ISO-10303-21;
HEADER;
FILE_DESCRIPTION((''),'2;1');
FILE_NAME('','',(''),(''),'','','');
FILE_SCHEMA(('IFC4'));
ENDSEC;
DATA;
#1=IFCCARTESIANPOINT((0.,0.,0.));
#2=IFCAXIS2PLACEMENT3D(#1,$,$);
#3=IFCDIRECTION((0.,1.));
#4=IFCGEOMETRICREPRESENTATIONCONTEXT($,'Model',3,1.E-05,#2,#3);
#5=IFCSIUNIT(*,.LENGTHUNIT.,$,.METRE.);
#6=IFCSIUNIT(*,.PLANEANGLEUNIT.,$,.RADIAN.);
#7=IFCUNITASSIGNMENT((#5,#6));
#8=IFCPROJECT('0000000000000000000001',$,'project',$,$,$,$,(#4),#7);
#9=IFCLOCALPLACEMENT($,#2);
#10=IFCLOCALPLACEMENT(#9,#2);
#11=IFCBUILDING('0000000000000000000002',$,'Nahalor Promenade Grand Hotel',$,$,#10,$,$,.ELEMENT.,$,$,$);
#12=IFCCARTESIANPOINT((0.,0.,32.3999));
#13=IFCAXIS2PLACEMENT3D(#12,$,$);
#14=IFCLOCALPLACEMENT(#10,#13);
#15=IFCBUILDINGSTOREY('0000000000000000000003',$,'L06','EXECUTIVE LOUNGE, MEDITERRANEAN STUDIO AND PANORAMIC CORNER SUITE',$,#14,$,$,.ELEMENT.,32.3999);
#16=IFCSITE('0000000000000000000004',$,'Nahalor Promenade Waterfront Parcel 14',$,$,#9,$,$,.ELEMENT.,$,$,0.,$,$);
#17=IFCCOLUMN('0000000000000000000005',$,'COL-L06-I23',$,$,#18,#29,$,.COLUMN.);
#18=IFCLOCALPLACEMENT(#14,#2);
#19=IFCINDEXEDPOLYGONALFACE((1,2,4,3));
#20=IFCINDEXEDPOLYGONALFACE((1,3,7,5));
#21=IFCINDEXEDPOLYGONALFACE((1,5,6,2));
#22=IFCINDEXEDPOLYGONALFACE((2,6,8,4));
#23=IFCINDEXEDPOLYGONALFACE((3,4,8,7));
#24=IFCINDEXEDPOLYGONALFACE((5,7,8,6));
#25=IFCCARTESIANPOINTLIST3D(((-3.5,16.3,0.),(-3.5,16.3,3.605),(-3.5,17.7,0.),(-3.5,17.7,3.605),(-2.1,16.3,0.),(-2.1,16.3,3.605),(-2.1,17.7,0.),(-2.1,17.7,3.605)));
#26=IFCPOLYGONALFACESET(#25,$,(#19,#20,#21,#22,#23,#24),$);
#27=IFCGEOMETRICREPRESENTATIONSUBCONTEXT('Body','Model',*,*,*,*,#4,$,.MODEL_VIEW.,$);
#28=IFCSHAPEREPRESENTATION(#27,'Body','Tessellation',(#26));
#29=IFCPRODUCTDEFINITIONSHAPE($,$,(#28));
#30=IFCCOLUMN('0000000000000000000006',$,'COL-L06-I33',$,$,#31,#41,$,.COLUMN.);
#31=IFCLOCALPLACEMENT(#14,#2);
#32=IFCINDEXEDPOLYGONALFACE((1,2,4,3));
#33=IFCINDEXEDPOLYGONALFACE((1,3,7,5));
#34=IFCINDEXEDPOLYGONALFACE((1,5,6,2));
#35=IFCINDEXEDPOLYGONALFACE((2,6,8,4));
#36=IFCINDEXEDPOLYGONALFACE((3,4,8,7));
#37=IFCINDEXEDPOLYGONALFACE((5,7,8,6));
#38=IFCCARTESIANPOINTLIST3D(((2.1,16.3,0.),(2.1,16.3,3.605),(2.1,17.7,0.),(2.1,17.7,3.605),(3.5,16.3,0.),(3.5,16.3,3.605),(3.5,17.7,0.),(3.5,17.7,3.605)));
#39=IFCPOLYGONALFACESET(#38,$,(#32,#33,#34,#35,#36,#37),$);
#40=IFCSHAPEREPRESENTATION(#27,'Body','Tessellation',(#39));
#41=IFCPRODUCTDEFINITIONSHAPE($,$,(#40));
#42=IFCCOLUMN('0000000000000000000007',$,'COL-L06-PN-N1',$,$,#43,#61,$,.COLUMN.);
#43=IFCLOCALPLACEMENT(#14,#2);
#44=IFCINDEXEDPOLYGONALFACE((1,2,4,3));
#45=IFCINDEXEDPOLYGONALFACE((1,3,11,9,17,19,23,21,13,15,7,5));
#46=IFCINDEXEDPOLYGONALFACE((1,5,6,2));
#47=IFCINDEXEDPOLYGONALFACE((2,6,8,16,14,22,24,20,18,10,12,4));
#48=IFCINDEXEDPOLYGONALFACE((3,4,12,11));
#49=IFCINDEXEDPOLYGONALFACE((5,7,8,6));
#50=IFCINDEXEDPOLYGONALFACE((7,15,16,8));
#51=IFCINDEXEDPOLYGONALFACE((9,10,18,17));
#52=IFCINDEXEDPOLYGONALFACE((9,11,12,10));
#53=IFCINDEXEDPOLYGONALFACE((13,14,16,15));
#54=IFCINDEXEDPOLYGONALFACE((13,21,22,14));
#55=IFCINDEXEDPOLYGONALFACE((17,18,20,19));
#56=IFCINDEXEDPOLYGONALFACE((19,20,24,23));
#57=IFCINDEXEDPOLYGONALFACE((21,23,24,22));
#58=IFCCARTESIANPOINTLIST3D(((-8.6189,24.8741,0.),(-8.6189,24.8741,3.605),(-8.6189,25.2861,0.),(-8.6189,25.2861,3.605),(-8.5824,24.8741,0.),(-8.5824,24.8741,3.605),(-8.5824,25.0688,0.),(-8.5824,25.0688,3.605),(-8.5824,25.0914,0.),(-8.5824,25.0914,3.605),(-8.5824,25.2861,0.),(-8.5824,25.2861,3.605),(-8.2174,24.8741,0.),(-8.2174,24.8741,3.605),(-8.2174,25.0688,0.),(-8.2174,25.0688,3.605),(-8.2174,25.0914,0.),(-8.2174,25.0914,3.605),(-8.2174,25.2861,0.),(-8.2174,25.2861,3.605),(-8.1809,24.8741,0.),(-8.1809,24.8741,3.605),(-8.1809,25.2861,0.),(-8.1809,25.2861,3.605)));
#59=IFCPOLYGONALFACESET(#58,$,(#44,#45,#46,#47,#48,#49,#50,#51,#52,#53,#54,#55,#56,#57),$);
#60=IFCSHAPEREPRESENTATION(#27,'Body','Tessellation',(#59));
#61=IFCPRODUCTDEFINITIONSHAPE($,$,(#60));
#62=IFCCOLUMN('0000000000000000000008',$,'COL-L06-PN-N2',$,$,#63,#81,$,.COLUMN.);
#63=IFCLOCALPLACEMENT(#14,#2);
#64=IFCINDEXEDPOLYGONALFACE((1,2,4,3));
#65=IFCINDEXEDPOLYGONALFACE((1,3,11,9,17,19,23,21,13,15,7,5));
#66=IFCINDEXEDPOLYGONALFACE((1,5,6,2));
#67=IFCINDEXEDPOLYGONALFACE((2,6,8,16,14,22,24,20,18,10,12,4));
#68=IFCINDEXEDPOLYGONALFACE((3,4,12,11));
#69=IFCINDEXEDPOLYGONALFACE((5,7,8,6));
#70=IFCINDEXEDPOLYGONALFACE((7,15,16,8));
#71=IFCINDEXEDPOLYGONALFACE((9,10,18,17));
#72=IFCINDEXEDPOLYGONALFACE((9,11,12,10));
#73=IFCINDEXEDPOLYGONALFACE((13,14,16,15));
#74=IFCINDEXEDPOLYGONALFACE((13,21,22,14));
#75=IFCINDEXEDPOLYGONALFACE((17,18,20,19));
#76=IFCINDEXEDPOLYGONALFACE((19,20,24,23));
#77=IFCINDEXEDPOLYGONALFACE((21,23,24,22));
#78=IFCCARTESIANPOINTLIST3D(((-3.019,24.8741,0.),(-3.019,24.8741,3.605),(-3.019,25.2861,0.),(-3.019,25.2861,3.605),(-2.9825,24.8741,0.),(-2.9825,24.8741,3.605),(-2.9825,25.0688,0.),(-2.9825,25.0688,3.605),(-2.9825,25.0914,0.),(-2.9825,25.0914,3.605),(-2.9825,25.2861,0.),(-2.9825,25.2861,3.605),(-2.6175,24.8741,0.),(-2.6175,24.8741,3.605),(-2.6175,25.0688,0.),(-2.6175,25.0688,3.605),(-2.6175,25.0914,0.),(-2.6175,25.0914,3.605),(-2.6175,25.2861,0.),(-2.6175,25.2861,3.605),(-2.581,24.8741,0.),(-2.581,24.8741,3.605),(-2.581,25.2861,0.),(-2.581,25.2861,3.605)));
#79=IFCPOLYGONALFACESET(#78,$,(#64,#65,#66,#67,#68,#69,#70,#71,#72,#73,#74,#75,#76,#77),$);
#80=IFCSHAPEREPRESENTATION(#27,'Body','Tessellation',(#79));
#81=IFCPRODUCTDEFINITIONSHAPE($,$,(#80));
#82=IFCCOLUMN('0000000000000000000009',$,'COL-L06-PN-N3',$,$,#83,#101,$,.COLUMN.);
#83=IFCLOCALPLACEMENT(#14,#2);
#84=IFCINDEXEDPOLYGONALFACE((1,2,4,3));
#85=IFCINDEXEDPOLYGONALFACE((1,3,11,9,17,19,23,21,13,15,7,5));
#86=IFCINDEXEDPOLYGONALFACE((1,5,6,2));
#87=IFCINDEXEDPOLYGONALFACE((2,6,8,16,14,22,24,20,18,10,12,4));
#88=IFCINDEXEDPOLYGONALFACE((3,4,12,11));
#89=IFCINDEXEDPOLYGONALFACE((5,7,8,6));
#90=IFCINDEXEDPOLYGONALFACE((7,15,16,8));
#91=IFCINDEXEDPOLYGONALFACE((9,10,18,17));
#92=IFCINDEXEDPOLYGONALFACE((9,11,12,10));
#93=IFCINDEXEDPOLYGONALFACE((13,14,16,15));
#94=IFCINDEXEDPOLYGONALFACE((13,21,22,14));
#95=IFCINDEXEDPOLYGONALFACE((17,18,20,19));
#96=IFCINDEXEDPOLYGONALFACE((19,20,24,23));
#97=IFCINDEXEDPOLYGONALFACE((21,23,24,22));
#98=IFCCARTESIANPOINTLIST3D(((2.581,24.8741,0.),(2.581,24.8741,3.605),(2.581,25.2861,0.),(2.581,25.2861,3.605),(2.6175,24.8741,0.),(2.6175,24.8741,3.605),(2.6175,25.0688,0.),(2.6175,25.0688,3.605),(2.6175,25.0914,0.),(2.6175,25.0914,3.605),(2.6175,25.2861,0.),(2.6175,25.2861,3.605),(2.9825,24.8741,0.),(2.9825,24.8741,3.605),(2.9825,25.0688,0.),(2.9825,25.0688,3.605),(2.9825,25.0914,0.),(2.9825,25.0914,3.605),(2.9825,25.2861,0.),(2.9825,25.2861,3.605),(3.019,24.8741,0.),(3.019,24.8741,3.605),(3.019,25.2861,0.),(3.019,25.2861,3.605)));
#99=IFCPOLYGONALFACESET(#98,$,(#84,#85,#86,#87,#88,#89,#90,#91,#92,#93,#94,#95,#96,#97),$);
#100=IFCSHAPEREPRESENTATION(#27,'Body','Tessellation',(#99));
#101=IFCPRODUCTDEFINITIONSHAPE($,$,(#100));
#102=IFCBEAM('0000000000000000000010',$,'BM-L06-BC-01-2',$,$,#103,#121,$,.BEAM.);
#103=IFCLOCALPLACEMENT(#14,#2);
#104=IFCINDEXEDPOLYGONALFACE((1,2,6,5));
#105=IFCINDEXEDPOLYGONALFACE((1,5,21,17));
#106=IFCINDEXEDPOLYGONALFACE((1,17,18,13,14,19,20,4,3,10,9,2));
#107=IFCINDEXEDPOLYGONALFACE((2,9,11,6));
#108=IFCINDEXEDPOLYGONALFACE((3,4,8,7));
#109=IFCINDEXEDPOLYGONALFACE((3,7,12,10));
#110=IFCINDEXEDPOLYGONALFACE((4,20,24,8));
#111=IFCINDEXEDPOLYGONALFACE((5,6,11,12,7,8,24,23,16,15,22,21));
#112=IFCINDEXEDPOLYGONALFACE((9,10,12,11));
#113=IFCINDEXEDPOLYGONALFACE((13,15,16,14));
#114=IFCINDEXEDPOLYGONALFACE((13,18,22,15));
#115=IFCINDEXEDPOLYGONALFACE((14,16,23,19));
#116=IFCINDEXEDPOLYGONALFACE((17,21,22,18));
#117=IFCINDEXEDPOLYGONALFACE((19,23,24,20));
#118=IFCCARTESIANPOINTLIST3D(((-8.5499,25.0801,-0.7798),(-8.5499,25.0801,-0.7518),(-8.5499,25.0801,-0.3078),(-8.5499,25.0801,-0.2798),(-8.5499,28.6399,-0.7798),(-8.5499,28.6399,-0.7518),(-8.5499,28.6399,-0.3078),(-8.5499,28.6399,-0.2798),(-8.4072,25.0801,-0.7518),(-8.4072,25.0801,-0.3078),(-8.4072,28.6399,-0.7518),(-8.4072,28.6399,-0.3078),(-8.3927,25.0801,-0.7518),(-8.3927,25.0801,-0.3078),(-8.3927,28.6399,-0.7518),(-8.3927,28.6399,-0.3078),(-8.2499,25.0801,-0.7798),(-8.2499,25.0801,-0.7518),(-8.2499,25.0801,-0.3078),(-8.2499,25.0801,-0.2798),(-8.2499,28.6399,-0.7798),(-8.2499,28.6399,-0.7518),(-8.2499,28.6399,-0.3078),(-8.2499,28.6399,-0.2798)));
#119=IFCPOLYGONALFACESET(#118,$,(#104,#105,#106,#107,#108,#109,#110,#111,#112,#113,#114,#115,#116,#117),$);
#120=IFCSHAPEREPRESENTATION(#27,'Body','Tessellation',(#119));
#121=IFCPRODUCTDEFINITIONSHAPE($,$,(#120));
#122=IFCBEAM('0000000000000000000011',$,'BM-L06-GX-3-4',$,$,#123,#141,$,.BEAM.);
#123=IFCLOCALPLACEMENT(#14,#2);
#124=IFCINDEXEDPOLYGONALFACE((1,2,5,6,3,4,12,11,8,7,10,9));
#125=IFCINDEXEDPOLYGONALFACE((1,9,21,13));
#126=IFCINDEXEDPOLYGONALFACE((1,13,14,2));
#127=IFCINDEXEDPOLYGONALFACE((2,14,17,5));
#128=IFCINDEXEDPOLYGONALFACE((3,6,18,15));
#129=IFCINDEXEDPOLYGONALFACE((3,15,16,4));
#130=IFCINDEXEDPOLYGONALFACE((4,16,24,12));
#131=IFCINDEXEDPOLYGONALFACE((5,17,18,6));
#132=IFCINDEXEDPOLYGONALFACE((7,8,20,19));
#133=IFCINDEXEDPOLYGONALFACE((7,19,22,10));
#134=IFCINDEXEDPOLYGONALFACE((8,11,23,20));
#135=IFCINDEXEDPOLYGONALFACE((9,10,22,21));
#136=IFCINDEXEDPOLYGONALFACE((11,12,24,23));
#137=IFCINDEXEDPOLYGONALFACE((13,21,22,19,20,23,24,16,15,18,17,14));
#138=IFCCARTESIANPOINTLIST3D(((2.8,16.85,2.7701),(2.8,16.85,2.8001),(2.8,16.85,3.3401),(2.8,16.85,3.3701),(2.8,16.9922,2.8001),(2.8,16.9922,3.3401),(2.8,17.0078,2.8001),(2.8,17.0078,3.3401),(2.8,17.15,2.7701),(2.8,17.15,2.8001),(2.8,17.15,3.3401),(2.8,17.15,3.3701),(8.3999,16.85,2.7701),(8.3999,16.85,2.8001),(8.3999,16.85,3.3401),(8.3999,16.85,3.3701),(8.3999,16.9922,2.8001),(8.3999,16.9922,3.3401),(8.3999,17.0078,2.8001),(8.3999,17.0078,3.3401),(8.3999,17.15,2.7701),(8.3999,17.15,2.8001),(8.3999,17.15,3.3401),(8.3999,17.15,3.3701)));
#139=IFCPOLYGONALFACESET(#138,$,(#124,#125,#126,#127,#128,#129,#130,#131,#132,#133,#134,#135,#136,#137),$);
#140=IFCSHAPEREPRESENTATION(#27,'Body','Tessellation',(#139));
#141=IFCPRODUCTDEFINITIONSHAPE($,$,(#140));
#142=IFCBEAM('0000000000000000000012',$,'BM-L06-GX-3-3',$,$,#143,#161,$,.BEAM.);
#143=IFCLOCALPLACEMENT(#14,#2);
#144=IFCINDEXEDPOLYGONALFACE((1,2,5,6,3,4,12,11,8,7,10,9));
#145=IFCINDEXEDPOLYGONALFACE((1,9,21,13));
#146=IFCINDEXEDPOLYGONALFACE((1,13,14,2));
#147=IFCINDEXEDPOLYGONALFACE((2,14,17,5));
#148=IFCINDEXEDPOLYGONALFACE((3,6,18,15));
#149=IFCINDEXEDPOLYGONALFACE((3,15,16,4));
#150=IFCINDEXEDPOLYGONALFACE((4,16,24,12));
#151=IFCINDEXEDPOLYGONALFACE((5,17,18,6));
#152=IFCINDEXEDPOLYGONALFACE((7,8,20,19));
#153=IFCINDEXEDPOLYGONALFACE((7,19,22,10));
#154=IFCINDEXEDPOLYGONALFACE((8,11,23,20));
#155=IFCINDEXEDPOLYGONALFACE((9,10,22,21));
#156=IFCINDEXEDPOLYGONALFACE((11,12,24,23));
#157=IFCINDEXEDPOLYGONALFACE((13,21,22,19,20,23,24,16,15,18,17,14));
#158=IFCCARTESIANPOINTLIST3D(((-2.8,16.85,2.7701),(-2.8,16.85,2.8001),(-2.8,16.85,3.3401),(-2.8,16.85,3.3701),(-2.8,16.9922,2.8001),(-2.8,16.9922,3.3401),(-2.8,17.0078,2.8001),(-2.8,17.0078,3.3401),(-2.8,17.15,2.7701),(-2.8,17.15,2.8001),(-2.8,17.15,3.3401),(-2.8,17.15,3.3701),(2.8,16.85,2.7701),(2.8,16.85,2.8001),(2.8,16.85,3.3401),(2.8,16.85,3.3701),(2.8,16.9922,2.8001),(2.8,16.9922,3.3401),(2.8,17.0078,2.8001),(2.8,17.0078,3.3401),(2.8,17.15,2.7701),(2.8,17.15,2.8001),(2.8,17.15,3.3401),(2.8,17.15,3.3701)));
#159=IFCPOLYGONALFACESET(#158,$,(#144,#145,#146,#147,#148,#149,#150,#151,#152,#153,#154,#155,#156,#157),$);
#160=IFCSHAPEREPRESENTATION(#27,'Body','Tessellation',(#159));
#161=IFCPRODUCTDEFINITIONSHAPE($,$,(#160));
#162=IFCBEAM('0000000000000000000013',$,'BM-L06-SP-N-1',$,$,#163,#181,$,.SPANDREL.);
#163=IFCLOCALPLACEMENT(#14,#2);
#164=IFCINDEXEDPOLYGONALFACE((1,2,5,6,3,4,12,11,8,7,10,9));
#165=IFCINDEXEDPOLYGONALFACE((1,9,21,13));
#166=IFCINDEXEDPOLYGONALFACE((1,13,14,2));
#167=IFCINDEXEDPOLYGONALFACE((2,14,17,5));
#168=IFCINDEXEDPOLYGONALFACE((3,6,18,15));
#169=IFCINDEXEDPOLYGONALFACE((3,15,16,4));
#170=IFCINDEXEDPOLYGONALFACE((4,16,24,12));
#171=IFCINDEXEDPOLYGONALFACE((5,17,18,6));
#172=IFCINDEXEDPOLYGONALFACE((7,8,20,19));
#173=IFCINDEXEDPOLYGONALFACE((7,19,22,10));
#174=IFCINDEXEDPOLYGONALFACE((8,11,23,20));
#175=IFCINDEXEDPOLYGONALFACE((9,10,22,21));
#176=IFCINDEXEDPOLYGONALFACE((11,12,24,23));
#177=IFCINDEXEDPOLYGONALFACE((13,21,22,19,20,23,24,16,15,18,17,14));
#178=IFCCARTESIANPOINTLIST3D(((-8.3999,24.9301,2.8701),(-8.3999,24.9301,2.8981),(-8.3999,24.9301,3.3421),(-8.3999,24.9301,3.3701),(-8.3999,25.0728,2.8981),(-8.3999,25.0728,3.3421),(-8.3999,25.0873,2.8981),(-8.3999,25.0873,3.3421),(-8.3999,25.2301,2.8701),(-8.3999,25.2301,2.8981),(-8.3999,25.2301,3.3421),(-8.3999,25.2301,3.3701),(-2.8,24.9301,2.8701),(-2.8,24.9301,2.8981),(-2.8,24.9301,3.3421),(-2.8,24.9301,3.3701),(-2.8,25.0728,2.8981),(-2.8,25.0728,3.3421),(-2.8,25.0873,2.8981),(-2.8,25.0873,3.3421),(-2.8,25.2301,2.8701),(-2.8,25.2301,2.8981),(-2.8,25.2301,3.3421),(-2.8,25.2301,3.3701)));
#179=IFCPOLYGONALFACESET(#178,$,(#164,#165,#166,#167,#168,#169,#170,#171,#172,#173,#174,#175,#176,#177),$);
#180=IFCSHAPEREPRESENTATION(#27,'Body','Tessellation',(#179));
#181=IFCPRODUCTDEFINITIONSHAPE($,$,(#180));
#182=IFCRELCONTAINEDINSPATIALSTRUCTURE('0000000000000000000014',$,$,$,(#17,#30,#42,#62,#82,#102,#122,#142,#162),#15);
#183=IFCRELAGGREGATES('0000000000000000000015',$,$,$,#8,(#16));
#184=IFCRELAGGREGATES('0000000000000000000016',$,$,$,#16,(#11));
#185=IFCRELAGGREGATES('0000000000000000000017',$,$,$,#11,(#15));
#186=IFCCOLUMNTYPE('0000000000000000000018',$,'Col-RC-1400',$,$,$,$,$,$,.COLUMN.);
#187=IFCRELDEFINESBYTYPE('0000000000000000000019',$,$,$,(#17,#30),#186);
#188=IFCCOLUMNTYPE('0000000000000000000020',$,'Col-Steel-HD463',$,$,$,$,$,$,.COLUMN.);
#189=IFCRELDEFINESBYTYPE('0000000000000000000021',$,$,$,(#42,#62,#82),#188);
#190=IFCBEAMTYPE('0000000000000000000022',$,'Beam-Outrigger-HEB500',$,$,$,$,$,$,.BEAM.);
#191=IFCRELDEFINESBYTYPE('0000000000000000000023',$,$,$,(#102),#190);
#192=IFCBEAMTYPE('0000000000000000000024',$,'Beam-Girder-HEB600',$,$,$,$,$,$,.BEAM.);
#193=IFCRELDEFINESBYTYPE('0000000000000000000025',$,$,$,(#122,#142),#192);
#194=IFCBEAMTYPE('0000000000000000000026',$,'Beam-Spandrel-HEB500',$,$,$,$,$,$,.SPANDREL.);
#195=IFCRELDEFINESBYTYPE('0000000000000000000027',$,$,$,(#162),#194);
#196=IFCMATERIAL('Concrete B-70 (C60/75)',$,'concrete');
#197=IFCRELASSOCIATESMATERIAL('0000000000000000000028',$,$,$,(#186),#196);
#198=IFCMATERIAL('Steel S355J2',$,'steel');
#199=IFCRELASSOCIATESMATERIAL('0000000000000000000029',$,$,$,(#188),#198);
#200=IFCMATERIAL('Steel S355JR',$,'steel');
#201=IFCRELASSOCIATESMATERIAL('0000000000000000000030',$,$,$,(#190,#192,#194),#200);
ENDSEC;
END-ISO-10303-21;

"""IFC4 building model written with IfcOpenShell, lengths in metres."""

from ifc_helpers import new_model, si_unit, direction, frame, origin, origin_2d, place, context, subcontext, project, spatial, rectangle, i_section, extrude, source, transform, mapped, material, material_profile, profile_set, type_object, element, save


model = new_model("IFC4")

# Units and contexts
model_context = context("Model", 3, precision=1e-05, world=origin(), true_north=direction((0.0, 1.0)))
body_context = subcontext(model_context, "Body", "Model", "MODEL_VIEW")
ifc_project = project(units=[si_unit("LENGTHUNIT", "METRE"), si_unit("PLANEANGLEUNIT", "RADIAN")], contexts=[model_context])

# Site, building, storey
site_placement = place(None, origin())
site = spatial("IfcSite", under=ifc_project, at=site_placement, Name="Nahalor Promenade Waterfront Parcel 14", CompositionType="ELEMENT", RefElevation=0.0)
building_placement = place(site_placement, origin())
building = spatial("IfcBuilding", under=site, at=building_placement, Name="Nahalor Promenade Grand Hotel", CompositionType="ELEMENT")
storey_placement = place(building_placement, frame((0.0, 0.0, 32.3999)))
storey = spatial("IfcBuildingStorey", under=building, at=storey_placement, Name="L06", Description="EXECUTIVE LOUNGE, MEDITERRANEAN STUDIO AND PANORAMIC CORNER SUITE", CompositionType="ELEMENT", Elevation=32.3999)

# Columns
ifc_material_1 = material(Name="Concrete B-70 (C60/75)", Category="concrete")
ifc_material_profile_1 = material_profile(ifc_material_1, rectangle(XDim=1.4, YDim=1.4, at=origin_2d()), Name="RC 1400x1400")
ifc_profile_set_1 = profile_set([ifc_material_profile_1], Name="Concrete B-70 (C60/75)")
column_type_1 = type_object("IfcColumnType", Name="Col-RC-1400", PredefinedType="COLUMN", material=ifc_profile_set_1)
shared_shape_1 = source(origin(), body_context, "Body", "SweptSolid", [
    extrude(rectangle(XDim=1.4, YDim=1.4, at=origin_2d()), origin(), (0.0, 0.0, 1.0), 3.605),
])
for number, where, z_axis, x_axis, name in (
    (1, (-2.8, 17.0, 0.0), (0.0, 0.0, 1.0), (1.0, 0.0, 0.0), "COL-L06-I23"),
    (2, (2.8, 17.0, 0.0), (0.0, 0.0, 1.0), (1.0, 0.0, 0.0), "COL-L06-I33"),
):
    element("IfcColumn", number, at=place(storey_placement, frame(where, z_axis=z_axis, x_axis=x_axis)), inside=storey, type_object=column_type_1, Name=name, PredefinedType="COLUMN", context=body_context, shape_type="MappedRepresentation", body=[
        mapped(shared_shape_1, transform((0.0, 0.0, 0.0), scale=1.0)),
    ])
ifc_material_2 = material(Name="Steel S355J2", Category="steel")
ifc_material_profile_2 = material_profile(ifc_material_2, i_section(OverallWidth=0.412, OverallDepth=0.438, WebThickness=0.0226, FlangeThickness=0.0365, at=origin_2d()), Name="HD 400x463")
ifc_profile_set_2 = profile_set([ifc_material_profile_2], Name="Steel S355J2")
column_type_2 = type_object("IfcColumnType", Name="Col-Steel-HD463", PredefinedType="COLUMN", material=ifc_profile_set_2)
shared_shape_2 = source(origin(), body_context, "Body", "SweptSolid", [
    extrude(i_section(OverallWidth=0.412, OverallDepth=0.438, WebThickness=0.0226, FlangeThickness=0.0365, at=origin_2d()), origin(), (0.0, 0.0, 1.0), 3.605),
])
for number, where, z_axis, x_axis, name in (
    (3, (-8.3999, 25.0801, 0.0), (0.0, 0.0, 1.0), (0.0, 1.0, 0.0), "COL-L06-PN-N1"),
    (4, (-2.8, 25.0801, 0.0), (0.0, 0.0, 1.0), (0.0, 1.0, 0.0), "COL-L06-PN-N2"),
    (5, (2.8, 25.0801, 0.0), (0.0, 0.0, 1.0), (0.0, 1.0, 0.0), "COL-L06-PN-N3"),
):
    element("IfcColumn", number, at=place(storey_placement, frame(where, z_axis=z_axis, x_axis=x_axis)), inside=storey, type_object=column_type_2, Name=name, PredefinedType="COLUMN", context=body_context, shape_type="MappedRepresentation", body=[
        mapped(shared_shape_2, transform((0.0, 0.0, 0.0), scale=1.0)),
    ])

# Beams
ifc_material_3 = material(Name="Steel S355JR", Category="steel")
ifc_material_profile_3 = material_profile(ifc_material_3, i_section(OverallWidth=0.3, OverallDepth=0.5, WebThickness=0.0145, FlangeThickness=0.028, at=origin_2d()), Name="HEB 500")
ifc_profile_set_3 = profile_set([ifc_material_profile_3], Name="Steel S355JR")
beam_type_1 = type_object("IfcBeamType", Name="Beam-Outrigger-HEB500", PredefinedType="BEAM", material=ifc_profile_set_3)
shared_shape_3 = source(origin(), body_context, "Body", "SweptSolid", [
    extrude(i_section(OverallWidth=0.3, OverallDepth=0.5, WebThickness=0.0145, FlangeThickness=0.028, at=origin_2d()), origin(), (0.0, 0.0, 1.0), 3.5598),
])
beam_1_placement = place(storey_placement, frame((-8.3999, 25.0801, -0.5298), z_axis=(0.0, 1.0, 0.0), x_axis=(-1.0, 0.0, 0.0)))
element("IfcBeam", 6, at=beam_1_placement, inside=storey, type_object=beam_type_1, Name="BM-L06-BC-01-2", PredefinedType="BEAM", context=body_context, shape_type="MappedRepresentation", body=[
    mapped(shared_shape_3, transform((0.0, 0.0, 0.0), scale=1.0)),
])
ifc_material_profile_4 = material_profile(ifc_material_3, i_section(OverallWidth=0.3, OverallDepth=0.6, WebThickness=0.0155, FlangeThickness=0.03, at=origin_2d()), Name="HEB 600")
ifc_profile_set_4 = profile_set([ifc_material_profile_4], Name="Steel S355JR")
beam_type_2 = type_object("IfcBeamType", Name="Beam-Girder-HEB600", PredefinedType="BEAM", material=ifc_profile_set_4)
shared_shape_4 = source(origin(), body_context, "Body", "SweptSolid", [
    extrude(i_section(OverallWidth=0.3, OverallDepth=0.6, WebThickness=0.0155, FlangeThickness=0.03, at=origin_2d()), origin(), (0.0, 0.0, 1.0), 5.5999),
])
beam_2_placement = place(storey_placement, frame((2.8, 17.0, 3.0701), z_axis=(1.0, 0.0, 0.0), x_axis=(0.0, 1.0, 0.0)))
element("IfcBeam", 7, at=beam_2_placement, inside=storey, type_object=beam_type_2, Name="BM-L06-GX-3-4", PredefinedType="BEAM", context=body_context, shape_type="MappedRepresentation", body=[
    mapped(shared_shape_4, transform((0.0, 0.0, 0.0), scale=1.0)),
])
shared_shape_5 = source(origin(), body_context, "Body", "SweptSolid", [
    extrude(i_section(OverallWidth=0.3, OverallDepth=0.6, WebThickness=0.0155, FlangeThickness=0.03, at=origin_2d()), origin(), (0.0, 0.0, 1.0), 5.6001),
])
beam_3_placement = place(storey_placement, frame((-2.8, 17.0, 3.0701), z_axis=(1.0, 0.0, 0.0), x_axis=(0.0, 1.0, 0.0)))
element("IfcBeam", 8, at=beam_3_placement, inside=storey, type_object=beam_type_2, Name="BM-L06-GX-3-3", PredefinedType="BEAM", context=body_context, shape_type="MappedRepresentation", body=[
    mapped(shared_shape_5, transform((0.0, 0.0, 0.0), scale=1.0)),
])
ifc_material_profile_5 = material_profile(ifc_material_3, i_section(OverallWidth=0.3, OverallDepth=0.5, WebThickness=0.0145, FlangeThickness=0.028, at=origin_2d()), Name="HEB 500")
ifc_profile_set_5 = profile_set([ifc_material_profile_5], Name="Steel S355JR")
beam_type_3 = type_object("IfcBeamType", Name="Beam-Spandrel-HEB500", PredefinedType="SPANDREL", material=ifc_profile_set_5)
shared_shape_6 = source(origin(), body_context, "Body", "SweptSolid", [
    extrude(i_section(OverallWidth=0.3, OverallDepth=0.5, WebThickness=0.0145, FlangeThickness=0.028, at=origin_2d()), origin(), (0.0, 0.0, 1.0), 5.5999),
])
beam_4_placement = place(storey_placement, frame((-8.3999, 25.0801, 3.1201), z_axis=(1.0, 0.0, 0.0), x_axis=(0.0, 1.0, 0.0)))
element("IfcBeam", 9, at=beam_4_placement, inside=storey, type_object=beam_type_3, Name="BM-L06-SP-N-1", PredefinedType="SPANDREL", context=body_context, shape_type="MappedRepresentation", body=[
    mapped(shared_shape_6, transform((0.0, 0.0, 0.0), scale=1.0)),
])

save(model, "model.ifc")
